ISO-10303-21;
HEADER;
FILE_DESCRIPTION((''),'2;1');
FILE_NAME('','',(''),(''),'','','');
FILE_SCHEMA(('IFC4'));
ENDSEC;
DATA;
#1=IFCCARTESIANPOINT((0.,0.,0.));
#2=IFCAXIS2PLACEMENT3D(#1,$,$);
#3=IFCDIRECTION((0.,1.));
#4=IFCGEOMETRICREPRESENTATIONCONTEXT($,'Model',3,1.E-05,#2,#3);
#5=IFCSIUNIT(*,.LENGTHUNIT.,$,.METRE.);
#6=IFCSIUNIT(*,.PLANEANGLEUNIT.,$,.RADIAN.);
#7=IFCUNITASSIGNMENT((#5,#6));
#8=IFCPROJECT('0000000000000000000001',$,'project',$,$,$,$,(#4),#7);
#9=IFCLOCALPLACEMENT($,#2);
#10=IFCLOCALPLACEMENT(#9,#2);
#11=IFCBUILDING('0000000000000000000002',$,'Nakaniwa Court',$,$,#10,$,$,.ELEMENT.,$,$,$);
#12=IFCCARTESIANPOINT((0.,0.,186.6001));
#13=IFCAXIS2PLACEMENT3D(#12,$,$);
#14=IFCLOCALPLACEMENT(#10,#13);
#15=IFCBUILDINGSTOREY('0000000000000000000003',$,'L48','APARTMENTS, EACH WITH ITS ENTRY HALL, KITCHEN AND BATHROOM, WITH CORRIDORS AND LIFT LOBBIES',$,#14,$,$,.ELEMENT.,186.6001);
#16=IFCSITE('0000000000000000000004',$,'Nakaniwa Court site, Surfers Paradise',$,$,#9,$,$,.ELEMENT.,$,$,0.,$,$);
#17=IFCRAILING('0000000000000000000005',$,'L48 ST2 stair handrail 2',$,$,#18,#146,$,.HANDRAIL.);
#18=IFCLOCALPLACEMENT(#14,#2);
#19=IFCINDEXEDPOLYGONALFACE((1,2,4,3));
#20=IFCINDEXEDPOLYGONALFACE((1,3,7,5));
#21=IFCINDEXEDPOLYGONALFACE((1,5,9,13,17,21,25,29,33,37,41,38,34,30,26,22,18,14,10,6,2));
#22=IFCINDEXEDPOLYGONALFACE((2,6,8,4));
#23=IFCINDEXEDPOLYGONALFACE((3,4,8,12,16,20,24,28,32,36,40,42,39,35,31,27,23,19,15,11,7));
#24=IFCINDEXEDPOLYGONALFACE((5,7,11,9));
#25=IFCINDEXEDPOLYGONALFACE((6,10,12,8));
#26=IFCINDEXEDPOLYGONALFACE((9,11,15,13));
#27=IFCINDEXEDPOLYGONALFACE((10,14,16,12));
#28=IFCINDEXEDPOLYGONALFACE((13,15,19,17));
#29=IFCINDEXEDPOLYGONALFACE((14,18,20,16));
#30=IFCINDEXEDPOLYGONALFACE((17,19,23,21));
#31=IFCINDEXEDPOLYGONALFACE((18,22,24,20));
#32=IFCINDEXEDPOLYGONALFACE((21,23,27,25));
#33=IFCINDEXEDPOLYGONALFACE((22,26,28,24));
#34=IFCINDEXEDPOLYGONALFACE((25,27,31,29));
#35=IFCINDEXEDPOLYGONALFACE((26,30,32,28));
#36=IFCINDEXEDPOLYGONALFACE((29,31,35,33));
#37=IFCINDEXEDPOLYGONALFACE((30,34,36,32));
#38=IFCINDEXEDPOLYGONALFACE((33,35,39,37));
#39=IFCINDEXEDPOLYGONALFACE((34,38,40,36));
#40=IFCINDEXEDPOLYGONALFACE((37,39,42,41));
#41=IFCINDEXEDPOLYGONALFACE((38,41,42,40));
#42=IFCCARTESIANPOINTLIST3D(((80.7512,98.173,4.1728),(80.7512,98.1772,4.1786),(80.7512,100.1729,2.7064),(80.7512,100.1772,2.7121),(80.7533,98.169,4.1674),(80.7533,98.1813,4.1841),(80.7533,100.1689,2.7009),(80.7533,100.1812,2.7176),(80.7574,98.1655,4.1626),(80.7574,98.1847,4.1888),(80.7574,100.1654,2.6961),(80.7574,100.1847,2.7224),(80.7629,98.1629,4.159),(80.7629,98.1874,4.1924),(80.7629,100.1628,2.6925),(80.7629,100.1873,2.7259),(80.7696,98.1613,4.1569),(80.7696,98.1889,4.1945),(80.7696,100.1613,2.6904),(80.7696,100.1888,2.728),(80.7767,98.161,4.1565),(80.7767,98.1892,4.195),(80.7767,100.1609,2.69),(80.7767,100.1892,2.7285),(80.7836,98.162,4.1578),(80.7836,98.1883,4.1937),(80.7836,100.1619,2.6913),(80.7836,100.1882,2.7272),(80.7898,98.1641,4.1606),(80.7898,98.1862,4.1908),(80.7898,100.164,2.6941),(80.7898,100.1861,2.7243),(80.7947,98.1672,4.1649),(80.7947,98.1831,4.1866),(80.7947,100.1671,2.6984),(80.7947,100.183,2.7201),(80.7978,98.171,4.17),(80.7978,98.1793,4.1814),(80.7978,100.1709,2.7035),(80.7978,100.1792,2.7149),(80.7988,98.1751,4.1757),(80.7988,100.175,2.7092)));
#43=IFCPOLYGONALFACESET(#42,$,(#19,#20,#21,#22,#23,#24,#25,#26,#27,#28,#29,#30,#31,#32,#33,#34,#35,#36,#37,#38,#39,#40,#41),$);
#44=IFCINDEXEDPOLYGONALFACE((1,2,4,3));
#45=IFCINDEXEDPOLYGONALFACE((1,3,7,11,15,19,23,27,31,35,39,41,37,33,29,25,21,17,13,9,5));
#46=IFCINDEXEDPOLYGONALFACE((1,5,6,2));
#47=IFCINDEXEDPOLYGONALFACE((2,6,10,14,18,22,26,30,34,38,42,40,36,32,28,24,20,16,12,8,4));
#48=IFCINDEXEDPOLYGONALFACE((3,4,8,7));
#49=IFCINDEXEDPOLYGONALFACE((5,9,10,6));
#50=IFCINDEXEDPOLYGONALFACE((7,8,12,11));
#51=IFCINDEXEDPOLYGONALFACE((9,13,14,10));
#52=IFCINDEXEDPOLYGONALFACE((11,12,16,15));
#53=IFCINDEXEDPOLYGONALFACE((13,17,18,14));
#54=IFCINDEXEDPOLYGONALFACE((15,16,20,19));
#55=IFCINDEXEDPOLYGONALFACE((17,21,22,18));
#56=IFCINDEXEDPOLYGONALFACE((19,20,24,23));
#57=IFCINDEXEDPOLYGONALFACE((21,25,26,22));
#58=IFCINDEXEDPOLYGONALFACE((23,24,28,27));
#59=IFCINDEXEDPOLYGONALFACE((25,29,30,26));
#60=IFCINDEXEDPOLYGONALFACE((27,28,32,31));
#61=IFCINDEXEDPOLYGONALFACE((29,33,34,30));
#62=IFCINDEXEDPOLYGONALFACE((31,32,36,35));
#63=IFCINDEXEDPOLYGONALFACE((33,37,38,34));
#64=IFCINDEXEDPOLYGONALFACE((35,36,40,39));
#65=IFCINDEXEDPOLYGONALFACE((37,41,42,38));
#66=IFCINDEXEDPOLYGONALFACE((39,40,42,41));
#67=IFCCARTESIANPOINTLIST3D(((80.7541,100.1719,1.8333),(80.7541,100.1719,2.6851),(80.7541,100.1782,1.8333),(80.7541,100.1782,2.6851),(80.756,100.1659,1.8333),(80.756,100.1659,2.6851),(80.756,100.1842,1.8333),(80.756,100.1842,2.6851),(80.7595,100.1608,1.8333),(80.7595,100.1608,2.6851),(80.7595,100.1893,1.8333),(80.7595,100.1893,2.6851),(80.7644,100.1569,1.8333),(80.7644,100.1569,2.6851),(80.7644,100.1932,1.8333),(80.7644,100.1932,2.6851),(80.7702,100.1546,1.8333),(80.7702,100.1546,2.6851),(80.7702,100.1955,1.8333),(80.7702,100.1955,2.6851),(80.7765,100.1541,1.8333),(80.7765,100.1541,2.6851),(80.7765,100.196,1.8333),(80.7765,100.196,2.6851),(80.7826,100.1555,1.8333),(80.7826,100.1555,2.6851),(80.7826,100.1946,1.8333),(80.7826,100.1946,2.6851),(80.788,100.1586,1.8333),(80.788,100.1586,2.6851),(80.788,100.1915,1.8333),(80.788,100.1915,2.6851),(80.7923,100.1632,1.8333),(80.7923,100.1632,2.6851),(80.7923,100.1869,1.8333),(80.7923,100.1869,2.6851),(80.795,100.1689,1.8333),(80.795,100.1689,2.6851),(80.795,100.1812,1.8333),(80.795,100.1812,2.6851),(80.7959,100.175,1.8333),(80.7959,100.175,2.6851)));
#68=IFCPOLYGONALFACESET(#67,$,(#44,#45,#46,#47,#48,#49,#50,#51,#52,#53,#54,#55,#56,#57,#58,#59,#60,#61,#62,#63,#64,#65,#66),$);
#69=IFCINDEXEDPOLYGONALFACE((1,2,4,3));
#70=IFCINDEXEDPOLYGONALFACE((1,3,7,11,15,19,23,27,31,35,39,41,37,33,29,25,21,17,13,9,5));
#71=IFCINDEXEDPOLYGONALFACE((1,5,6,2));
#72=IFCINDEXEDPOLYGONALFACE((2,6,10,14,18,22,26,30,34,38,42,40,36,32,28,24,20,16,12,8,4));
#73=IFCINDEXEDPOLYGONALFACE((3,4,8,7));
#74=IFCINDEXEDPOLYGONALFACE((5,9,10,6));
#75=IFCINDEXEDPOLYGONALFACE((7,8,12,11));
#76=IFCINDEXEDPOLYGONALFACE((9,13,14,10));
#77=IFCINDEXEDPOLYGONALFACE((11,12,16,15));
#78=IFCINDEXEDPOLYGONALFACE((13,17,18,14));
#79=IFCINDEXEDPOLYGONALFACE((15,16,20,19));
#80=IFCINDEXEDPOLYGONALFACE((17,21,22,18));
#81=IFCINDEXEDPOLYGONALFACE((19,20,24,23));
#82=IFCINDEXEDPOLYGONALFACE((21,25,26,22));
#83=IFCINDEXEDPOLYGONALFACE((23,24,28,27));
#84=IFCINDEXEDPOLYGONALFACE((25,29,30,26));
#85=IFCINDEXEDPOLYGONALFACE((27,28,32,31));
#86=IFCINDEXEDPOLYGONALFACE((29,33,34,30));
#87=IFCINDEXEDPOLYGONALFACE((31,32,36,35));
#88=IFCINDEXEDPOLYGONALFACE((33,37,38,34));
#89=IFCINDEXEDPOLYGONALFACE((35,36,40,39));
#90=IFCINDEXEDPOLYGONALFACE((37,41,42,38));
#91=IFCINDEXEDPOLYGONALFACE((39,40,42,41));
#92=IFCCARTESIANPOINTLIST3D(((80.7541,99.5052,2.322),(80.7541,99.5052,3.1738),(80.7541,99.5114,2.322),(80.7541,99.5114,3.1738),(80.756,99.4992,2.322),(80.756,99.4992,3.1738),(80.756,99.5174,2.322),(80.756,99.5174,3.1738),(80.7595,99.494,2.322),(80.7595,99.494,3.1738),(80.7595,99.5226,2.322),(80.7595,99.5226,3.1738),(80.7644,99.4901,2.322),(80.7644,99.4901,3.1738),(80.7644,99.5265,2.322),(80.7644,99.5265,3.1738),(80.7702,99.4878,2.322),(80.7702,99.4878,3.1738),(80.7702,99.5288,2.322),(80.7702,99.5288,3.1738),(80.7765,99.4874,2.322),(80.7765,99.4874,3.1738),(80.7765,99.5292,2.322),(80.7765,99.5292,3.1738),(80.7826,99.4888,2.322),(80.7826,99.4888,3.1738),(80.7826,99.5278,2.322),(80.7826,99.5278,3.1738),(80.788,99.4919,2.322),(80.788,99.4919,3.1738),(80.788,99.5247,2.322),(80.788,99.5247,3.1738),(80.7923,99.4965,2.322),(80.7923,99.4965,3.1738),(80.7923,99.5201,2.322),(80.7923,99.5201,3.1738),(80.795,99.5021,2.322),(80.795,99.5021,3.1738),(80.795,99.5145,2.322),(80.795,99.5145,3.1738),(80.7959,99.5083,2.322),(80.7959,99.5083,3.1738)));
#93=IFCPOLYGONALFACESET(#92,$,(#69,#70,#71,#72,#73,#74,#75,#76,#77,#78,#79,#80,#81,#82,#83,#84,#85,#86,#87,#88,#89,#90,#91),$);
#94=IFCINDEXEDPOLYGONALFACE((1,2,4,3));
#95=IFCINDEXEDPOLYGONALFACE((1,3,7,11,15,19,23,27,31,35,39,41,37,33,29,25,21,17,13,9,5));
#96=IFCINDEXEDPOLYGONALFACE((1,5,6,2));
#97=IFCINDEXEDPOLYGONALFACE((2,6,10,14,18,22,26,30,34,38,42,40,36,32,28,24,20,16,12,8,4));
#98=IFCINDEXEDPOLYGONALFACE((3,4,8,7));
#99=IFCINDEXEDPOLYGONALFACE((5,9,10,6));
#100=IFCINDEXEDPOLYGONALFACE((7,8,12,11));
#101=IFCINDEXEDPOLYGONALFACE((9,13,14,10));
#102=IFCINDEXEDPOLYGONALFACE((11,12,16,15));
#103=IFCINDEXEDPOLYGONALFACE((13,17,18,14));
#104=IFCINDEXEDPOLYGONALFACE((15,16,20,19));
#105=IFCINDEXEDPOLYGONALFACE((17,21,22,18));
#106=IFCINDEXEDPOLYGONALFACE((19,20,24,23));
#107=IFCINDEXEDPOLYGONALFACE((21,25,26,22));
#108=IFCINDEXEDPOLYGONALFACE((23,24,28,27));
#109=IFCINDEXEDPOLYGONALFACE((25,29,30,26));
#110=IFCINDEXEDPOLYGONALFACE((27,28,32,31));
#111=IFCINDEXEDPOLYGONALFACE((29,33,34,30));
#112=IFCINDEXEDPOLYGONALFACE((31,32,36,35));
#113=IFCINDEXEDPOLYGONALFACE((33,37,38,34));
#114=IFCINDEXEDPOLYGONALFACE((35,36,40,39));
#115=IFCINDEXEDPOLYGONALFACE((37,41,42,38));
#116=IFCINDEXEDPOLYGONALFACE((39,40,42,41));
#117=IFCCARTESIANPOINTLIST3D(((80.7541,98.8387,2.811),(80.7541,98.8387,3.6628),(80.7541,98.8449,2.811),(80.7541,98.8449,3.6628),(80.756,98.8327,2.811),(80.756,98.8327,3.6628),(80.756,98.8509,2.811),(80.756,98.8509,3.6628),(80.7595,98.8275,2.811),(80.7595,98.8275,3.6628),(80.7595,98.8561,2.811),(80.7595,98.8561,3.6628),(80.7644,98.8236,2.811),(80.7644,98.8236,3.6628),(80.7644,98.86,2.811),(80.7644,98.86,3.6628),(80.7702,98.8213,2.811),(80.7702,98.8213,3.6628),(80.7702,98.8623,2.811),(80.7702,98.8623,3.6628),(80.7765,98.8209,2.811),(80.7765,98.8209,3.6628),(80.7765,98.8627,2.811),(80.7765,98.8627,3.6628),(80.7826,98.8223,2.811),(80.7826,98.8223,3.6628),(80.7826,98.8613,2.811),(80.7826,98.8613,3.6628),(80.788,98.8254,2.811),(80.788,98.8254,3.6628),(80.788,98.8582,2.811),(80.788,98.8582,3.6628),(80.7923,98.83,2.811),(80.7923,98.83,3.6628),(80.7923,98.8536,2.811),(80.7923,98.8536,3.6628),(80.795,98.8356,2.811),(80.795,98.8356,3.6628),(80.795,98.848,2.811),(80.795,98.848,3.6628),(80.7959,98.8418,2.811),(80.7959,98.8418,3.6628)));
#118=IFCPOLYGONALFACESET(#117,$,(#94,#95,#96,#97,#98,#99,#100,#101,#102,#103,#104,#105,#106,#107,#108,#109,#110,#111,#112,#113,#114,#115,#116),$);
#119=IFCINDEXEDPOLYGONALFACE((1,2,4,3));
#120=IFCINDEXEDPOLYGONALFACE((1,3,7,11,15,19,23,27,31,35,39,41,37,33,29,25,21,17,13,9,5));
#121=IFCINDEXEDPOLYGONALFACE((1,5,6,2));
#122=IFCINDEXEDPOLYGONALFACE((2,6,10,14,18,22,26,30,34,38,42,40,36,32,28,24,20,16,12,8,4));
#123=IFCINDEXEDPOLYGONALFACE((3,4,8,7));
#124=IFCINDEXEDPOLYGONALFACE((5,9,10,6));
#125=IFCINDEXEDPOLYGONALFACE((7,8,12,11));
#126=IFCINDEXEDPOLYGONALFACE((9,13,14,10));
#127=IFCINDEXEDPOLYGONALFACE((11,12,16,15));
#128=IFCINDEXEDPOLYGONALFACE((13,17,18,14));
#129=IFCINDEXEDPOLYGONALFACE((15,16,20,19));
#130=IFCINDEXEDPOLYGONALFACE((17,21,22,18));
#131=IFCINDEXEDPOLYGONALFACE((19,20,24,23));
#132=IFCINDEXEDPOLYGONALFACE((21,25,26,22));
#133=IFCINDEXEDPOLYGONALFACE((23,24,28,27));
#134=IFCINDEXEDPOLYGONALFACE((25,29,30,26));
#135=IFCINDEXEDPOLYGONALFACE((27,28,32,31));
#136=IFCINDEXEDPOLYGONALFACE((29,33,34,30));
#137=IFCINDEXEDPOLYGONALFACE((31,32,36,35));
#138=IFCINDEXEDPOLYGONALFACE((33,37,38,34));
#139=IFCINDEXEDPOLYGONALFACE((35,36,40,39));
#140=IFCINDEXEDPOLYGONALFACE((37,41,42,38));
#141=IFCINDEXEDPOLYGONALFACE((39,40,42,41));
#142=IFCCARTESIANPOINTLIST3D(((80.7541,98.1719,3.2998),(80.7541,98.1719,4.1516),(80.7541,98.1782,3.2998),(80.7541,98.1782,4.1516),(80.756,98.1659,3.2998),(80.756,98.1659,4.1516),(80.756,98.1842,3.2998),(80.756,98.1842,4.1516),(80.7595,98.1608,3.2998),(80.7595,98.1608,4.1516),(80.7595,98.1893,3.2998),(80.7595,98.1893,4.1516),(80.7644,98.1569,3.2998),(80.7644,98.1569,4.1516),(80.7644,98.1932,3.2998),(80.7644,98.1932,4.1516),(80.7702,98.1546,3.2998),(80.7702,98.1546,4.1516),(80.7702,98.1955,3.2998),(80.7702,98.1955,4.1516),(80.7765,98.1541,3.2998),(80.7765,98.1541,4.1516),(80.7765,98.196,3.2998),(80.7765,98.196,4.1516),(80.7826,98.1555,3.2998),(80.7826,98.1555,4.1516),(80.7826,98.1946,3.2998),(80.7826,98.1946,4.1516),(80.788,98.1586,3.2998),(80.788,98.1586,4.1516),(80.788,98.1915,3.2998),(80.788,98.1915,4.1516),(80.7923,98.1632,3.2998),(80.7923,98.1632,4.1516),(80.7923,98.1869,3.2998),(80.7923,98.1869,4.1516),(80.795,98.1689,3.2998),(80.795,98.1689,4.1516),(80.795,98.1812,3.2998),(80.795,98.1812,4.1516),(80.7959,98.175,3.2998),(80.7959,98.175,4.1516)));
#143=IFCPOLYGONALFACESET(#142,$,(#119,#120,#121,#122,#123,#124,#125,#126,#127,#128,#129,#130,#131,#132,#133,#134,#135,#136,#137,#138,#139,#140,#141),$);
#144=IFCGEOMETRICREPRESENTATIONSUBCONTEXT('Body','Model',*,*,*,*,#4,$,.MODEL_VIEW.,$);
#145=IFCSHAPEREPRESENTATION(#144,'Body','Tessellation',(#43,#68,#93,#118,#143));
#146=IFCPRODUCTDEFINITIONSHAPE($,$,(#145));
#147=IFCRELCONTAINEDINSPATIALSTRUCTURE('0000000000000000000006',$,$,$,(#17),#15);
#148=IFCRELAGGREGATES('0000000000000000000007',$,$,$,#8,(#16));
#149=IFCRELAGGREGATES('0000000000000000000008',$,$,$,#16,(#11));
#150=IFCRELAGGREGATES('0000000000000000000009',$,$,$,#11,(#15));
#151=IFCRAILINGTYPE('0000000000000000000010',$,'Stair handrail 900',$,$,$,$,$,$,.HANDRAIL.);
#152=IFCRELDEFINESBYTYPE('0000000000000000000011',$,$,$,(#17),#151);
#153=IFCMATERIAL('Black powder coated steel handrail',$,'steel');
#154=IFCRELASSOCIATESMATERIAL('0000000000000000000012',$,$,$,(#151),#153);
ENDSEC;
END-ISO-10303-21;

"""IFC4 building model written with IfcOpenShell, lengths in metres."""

from ifc_helpers import new_model, si_unit, direction, frame, origin, origin_2d, place, context, subcontext, project, spatial, circle, extrude, material, type_object, element, save


model = new_model("IFC4")

# Units and contexts
model_context = context("Model", 3, precision=1e-05, world=origin(), true_north=direction((0.0, 1.0)))
body_context = subcontext(model_context, "Body", "Model", "MODEL_VIEW")
ifc_project = project(units=[si_unit("LENGTHUNIT", "METRE"), si_unit("PLANEANGLEUNIT", "RADIAN")], contexts=[model_context])

# Site, building, storey
site_placement = place(None, origin())
site = spatial("IfcSite", under=ifc_project, at=site_placement, Name="Nakaniwa Court site, Surfers Paradise", CompositionType="ELEMENT", RefElevation=0.0)
building_placement = place(site_placement, origin())
building = spatial("IfcBuilding", under=site, at=building_placement, Name="Nakaniwa Court", CompositionType="ELEMENT")
storey_placement = place(building_placement, frame((0.0, 0.0, 186.6001)))
storey = spatial("IfcBuildingStorey", under=building, at=storey_placement, Name="L48", Description="APARTMENTS, EACH WITH ITS ENTRY HALL, KITCHEN AND BATHROOM, WITH CORRIDORS AND LIFT LOBBIES", CompositionType="ELEMENT", Elevation=186.6001)

# Railing
ifc_material_1 = material(Name="Black powder coated steel handrail", Category="steel")
railing_type_1 = type_object("IfcRailingType", Name="Stair handrail 900", PredefinedType="HANDRAIL", material=ifc_material_1)
railing_1_placement = place(storey_placement, frame((80.7749, 100.175, 1.8333)))
element("IfcRailing", 1, at=railing_1_placement, inside=storey, type_object=railing_type_1, Name="L48 ST2 stair handrail 2", PredefinedType="HANDRAIL", context=body_context, shape_type="SweptSolid", body=[
    extrude(circle(Radius=0.0239, at=origin_2d()), frame((0.0, 0.0, 0.876), z_axis=(0.0, -0.806427, 0.591334), x_axis=(1.0, 0.0, 0.0)), (0.0, 0.0, 1.0), 2.48),
    extrude(circle(Radius=0.021, at=origin_2d()), origin(), (0.0, 0.0, 1.0), 0.8518),
    extrude(circle(Radius=0.021, at=origin_2d()), frame((0.0, -0.6667, 0.4888)), (0.0, 0.0, 1.0), 0.8518),
    extrude(circle(Radius=0.021, at=origin_2d()), frame((0.0, -1.3333, 0.9778)), (0.0, 0.0, 1.0), 0.8518),
    extrude(circle(Radius=0.021, at=origin_2d()), frame((0.0, -2.0, 1.4666)), (0.0, 0.0, 1.0), 0.8518),
])

save(model, "model.ifc")
